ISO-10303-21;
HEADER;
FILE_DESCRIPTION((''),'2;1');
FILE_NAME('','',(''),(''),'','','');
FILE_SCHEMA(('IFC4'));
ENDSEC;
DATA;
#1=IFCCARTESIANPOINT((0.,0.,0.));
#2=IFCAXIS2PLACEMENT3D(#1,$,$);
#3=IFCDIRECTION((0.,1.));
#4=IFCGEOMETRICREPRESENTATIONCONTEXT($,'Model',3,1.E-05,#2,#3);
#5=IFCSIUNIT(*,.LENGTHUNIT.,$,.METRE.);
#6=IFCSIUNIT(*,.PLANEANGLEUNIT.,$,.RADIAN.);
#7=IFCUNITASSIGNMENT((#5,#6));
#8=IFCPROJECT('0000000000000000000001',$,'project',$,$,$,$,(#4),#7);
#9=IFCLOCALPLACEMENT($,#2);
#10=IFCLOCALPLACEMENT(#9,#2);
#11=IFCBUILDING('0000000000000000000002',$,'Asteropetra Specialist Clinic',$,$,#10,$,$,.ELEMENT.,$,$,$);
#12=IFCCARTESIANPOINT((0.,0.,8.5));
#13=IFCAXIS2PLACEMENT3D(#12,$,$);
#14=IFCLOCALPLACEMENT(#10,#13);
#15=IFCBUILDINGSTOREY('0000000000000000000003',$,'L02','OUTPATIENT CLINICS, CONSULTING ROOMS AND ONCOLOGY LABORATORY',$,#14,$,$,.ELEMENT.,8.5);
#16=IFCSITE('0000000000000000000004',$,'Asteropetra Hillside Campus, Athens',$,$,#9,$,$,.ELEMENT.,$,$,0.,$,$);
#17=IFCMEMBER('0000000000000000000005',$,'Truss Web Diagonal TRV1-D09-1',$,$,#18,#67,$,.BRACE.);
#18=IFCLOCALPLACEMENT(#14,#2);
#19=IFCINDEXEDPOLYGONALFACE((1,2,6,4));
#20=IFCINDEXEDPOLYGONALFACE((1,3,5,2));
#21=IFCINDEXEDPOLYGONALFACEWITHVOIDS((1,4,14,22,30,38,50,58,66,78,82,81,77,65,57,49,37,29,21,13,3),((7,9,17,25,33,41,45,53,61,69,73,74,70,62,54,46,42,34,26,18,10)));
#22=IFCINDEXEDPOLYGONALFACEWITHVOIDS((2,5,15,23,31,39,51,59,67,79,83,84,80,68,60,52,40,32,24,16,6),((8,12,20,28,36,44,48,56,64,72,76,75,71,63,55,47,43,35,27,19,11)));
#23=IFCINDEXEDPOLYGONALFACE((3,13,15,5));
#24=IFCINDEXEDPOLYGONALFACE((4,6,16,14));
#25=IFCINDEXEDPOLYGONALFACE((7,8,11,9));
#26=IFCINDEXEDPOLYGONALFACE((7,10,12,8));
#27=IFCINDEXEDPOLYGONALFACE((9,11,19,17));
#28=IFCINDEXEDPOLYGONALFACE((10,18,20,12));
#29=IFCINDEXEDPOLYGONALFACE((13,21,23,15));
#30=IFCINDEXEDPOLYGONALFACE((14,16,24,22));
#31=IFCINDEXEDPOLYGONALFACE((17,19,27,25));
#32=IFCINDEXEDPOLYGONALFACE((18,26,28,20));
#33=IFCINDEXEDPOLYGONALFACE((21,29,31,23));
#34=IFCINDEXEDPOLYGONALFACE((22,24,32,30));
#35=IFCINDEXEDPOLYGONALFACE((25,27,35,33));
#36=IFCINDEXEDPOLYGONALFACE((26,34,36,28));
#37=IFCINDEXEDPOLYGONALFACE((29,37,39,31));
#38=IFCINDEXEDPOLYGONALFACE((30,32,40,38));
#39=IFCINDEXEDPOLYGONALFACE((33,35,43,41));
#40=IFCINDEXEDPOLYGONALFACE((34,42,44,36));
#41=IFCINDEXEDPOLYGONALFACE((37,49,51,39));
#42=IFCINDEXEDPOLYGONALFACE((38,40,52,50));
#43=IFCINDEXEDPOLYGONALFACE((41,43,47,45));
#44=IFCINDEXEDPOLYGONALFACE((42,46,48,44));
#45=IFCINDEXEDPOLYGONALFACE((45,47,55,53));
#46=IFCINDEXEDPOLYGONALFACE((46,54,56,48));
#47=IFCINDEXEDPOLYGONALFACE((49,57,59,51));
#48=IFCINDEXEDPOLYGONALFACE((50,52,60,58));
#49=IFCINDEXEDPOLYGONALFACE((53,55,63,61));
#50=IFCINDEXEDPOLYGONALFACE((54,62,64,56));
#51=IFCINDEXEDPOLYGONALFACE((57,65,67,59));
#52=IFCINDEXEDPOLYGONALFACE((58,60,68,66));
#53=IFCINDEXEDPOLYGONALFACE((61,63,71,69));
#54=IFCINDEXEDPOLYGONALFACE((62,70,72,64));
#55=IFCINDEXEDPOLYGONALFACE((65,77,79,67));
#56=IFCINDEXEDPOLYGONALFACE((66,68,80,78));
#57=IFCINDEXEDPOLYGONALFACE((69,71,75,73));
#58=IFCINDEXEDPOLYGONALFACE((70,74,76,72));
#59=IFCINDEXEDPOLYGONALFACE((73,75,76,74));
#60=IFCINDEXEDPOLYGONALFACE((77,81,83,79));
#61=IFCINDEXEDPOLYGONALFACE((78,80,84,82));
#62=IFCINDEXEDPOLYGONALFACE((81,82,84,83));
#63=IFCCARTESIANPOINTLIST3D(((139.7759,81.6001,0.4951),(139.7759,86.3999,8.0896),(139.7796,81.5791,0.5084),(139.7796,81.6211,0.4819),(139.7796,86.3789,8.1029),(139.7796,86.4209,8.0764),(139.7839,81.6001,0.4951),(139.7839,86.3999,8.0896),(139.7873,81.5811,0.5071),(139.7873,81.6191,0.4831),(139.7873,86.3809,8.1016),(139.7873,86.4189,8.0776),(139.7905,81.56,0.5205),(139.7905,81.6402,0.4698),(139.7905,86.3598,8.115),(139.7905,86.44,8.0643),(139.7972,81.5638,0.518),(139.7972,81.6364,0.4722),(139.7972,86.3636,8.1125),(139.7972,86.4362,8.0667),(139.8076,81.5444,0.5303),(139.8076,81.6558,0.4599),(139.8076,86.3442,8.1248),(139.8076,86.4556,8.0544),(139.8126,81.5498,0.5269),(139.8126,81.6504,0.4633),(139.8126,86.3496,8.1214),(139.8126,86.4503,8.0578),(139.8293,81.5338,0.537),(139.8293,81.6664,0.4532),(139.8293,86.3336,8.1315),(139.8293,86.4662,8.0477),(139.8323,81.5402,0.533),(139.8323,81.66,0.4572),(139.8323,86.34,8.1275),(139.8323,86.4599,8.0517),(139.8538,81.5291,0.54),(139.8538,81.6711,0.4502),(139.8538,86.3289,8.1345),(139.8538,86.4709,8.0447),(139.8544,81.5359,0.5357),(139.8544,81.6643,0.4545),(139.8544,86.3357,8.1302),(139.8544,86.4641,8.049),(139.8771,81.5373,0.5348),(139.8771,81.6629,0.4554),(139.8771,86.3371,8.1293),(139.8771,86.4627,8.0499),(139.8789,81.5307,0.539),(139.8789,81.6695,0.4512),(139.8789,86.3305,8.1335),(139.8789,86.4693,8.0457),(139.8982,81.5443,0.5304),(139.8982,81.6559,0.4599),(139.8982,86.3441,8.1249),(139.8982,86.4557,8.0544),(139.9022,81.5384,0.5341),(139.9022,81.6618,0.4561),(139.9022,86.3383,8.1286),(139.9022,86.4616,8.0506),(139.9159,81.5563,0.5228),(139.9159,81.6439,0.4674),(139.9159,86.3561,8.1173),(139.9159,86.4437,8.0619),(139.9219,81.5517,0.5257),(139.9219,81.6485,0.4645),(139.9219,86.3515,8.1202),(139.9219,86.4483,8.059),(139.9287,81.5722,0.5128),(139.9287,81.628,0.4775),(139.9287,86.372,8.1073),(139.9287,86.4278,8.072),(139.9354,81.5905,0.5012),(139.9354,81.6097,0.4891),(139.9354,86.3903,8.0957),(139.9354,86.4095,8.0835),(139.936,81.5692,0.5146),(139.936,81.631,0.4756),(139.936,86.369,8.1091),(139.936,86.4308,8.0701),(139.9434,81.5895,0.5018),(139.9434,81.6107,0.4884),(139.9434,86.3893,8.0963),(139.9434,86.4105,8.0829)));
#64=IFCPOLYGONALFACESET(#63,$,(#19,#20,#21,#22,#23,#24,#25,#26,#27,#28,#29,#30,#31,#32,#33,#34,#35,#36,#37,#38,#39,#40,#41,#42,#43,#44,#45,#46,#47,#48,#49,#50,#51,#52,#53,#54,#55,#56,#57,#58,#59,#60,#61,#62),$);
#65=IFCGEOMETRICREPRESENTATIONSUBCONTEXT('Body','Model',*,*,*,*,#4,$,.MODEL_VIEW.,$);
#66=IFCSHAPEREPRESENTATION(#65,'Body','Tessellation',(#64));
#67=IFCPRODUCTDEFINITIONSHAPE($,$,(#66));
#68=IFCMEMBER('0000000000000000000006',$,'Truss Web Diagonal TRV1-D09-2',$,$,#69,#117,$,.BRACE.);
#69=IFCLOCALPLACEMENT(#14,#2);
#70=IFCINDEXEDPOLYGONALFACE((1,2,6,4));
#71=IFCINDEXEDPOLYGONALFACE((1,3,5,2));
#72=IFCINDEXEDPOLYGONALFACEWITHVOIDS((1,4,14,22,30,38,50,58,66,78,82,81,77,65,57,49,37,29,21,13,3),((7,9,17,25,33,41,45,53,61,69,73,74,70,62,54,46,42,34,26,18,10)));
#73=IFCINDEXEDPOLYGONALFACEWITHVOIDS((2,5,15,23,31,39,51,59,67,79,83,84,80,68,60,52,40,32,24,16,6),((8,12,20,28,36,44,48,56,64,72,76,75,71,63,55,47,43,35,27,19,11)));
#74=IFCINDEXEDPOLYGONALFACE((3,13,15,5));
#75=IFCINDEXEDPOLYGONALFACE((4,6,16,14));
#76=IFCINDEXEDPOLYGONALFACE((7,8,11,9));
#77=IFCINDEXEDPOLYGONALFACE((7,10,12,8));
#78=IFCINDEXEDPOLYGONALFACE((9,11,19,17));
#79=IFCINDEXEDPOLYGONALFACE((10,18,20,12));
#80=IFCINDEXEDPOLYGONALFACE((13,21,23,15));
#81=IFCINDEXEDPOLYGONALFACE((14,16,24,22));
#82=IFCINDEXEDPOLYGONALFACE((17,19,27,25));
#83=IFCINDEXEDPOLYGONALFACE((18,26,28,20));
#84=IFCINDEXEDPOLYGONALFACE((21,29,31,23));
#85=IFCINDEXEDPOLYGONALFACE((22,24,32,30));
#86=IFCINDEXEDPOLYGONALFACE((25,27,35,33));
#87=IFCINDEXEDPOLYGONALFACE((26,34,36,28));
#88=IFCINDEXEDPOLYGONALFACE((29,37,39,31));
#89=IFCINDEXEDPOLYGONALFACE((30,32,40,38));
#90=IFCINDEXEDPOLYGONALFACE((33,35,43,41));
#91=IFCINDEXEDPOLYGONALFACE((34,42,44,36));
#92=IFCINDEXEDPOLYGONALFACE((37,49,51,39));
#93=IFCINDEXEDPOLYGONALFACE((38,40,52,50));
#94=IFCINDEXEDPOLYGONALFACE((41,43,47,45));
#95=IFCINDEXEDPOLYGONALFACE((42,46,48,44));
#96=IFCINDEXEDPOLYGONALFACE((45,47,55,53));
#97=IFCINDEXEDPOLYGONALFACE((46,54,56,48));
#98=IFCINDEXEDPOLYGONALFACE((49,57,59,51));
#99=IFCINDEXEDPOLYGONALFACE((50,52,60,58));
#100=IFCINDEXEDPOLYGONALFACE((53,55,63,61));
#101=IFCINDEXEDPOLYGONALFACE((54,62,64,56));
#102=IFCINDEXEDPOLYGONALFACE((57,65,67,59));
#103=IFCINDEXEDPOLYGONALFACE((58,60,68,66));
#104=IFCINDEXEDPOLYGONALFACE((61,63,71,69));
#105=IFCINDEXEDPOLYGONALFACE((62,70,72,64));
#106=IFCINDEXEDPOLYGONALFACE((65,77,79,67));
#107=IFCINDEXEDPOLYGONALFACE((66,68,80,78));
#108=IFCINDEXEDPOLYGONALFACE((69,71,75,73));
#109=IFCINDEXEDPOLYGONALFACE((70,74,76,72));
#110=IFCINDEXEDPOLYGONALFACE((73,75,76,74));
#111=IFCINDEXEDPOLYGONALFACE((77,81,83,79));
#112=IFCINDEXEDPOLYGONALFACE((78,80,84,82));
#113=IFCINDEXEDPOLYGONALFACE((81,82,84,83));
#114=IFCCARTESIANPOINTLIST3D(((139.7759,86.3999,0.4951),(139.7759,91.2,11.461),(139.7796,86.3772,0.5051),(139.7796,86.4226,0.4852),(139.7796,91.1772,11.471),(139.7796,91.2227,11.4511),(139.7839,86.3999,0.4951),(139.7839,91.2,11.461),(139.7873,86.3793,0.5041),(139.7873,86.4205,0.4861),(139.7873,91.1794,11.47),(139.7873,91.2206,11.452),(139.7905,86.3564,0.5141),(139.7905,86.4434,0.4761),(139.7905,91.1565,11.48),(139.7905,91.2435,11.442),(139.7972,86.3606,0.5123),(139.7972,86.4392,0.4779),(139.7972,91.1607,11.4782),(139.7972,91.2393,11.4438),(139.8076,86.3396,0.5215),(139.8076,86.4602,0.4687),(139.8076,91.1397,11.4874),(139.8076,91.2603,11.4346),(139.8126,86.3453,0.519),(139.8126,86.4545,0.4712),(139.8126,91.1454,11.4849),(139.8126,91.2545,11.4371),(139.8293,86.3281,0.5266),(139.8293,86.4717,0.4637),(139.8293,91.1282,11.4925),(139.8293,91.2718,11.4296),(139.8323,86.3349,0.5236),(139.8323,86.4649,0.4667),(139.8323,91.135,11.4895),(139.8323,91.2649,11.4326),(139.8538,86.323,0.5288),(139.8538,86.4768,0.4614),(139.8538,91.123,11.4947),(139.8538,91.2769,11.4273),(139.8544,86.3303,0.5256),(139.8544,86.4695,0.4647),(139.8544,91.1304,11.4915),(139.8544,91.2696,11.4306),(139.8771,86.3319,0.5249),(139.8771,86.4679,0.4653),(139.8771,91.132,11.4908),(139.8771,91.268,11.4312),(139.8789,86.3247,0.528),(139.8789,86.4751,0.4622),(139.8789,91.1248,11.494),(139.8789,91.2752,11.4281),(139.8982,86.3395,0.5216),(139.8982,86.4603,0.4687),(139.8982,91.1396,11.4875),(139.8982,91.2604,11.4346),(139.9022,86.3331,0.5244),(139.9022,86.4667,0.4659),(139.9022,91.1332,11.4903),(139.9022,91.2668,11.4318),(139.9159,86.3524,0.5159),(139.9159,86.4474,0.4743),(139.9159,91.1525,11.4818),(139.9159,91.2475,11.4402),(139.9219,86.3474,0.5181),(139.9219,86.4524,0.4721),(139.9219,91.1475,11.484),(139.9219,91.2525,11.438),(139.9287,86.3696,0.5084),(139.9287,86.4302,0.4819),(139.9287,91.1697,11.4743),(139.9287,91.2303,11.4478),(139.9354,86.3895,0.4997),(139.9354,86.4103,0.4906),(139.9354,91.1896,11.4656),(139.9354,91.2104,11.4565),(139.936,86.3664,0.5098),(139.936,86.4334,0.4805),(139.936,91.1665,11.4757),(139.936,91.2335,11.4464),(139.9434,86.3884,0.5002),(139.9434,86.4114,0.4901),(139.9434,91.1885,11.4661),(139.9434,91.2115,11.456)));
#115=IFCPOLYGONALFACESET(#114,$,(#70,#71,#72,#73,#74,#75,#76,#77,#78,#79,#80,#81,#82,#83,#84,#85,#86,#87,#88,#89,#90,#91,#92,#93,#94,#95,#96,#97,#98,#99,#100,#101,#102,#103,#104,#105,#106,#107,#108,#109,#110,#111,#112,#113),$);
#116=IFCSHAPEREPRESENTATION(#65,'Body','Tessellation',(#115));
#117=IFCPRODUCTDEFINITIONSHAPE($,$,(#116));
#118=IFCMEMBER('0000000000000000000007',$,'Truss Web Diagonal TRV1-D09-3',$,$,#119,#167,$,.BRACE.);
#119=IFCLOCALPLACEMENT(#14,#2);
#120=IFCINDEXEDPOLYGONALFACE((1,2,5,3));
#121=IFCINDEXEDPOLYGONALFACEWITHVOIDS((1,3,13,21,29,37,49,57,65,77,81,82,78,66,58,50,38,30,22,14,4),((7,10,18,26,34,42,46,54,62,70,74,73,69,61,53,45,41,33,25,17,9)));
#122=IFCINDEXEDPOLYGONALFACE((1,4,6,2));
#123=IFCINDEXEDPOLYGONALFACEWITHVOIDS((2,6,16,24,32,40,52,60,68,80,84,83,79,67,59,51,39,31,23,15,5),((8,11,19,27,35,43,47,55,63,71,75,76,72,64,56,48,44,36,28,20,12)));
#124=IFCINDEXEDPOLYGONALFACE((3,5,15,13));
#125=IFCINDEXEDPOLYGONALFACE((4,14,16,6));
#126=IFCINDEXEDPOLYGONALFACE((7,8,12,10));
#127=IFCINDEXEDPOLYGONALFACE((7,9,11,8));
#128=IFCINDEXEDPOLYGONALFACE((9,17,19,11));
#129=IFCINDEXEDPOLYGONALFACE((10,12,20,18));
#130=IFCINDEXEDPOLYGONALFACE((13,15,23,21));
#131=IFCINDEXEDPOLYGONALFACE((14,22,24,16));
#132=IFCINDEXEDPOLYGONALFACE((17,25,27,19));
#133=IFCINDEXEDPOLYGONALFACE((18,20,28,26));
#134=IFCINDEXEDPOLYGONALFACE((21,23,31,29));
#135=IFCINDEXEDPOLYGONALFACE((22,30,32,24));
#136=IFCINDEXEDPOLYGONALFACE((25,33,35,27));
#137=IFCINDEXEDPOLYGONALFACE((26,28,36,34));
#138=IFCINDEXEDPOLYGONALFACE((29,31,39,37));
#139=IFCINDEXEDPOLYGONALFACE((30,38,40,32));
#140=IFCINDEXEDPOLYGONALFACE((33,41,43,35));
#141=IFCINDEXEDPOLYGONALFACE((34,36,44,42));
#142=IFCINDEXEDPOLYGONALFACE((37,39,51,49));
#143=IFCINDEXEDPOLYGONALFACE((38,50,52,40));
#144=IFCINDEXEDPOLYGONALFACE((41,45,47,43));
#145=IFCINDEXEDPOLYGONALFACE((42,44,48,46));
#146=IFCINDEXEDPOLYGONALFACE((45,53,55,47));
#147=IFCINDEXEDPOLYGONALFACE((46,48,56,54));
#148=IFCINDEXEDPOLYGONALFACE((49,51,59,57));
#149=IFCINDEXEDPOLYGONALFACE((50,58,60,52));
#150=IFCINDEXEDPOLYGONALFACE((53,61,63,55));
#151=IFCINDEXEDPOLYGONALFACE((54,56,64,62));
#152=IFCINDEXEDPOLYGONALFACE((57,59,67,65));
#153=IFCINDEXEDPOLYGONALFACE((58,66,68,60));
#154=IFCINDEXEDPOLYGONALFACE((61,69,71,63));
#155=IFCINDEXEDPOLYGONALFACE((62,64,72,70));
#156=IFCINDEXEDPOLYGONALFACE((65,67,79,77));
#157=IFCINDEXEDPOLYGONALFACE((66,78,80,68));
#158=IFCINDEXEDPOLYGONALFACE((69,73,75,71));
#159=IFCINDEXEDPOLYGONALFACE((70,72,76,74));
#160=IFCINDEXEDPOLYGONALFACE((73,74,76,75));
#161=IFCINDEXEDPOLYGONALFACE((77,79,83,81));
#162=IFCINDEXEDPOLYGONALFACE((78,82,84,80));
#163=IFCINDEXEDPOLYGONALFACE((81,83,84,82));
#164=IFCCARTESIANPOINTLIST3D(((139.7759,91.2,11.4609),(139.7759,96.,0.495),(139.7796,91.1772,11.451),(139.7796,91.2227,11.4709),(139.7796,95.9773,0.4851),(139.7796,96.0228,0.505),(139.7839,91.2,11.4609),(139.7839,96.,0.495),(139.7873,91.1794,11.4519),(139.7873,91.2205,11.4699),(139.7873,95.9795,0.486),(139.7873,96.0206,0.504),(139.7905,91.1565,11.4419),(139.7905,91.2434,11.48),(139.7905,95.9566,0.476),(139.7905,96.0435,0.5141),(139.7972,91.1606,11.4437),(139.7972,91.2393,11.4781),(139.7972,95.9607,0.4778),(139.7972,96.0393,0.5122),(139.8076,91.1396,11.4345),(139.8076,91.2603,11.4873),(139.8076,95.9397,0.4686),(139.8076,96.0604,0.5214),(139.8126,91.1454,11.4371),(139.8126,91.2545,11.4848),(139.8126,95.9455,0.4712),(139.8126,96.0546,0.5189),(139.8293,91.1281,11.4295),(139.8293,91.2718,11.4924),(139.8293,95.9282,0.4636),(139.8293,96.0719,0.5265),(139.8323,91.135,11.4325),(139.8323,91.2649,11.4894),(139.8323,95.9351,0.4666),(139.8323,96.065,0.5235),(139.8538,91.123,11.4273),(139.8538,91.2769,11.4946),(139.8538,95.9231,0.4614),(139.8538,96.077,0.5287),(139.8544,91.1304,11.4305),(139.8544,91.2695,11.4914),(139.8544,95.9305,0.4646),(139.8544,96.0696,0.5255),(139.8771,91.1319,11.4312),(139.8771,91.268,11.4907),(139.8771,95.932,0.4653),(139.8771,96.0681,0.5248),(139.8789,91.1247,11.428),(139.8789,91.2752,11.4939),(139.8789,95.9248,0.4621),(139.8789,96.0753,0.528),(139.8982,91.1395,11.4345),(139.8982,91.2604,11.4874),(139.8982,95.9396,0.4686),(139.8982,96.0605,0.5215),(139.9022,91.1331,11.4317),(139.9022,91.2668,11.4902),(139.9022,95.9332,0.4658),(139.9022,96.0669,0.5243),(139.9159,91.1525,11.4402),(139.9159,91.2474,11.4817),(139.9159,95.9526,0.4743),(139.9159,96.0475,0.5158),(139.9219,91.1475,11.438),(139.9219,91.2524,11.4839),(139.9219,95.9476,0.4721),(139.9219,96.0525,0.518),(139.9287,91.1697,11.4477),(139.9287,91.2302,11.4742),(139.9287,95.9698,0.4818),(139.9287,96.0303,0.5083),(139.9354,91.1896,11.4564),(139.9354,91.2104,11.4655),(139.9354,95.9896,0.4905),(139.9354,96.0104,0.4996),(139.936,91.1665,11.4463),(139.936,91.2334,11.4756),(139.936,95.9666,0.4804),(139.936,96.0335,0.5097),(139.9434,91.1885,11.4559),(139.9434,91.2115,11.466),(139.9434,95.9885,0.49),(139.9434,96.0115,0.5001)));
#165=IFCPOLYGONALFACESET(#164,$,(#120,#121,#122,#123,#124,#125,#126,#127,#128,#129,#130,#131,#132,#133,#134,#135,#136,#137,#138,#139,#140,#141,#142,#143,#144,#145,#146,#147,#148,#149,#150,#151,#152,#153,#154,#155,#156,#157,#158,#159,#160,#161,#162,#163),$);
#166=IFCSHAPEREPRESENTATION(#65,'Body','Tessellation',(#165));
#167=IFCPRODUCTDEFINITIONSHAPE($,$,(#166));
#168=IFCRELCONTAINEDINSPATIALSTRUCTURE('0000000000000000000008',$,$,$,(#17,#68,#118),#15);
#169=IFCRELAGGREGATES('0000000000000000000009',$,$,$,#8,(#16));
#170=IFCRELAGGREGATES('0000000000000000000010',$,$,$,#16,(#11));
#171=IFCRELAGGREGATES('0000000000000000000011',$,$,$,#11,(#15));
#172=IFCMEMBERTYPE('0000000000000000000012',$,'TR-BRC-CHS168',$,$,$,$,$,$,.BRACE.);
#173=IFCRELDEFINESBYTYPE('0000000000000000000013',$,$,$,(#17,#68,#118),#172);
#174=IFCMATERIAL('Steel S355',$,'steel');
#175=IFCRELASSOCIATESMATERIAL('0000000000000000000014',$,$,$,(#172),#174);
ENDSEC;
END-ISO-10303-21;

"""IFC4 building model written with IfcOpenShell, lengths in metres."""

from ifc_helpers import new_model, si_unit, direction, frame, origin, origin_2d, place, context, subcontext, project, spatial, hollow_circle, extrude, material, material_profile, profile_set, type_object, element, save


model = new_model("IFC4")

# Units and contexts
model_context = context("Model", 3, precision=1e-05, world=origin(), true_north=direction((0.0, 1.0)))
body_context = subcontext(model_context, "Body", "Model", "MODEL_VIEW")
ifc_project = project(units=[si_unit("LENGTHUNIT", "METRE"), si_unit("PLANEANGLEUNIT", "RADIAN")], contexts=[model_context])

# Site, building, storey
site_placement = place(None, origin())
site = spatial("IfcSite", under=ifc_project, at=site_placement, Name="Asteropetra Hillside Campus, Athens", CompositionType="ELEMENT", RefElevation=0.0)
building_placement = place(site_placement, origin())
building = spatial("IfcBuilding", under=site, at=building_placement, Name="Asteropetra Specialist Clinic", CompositionType="ELEMENT")
storey_placement = place(building_placement, frame((0.0, 0.0, 8.5)))
storey = spatial("IfcBuildingStorey", under=building, at=storey_placement, Name="L02", Description="OUTPATIENT CLINICS, CONSULTING ROOMS AND ONCOLOGY LABORATORY", CompositionType="ELEMENT", Elevation=8.5)

# Members
ifc_material_1 = material(Name="Steel S355", Category="steel")
ifc_material_profile_1 = material_profile(ifc_material_1, hollow_circle(Radius=0.0842, WallThickness=0.0081, at=origin_2d()), Name="CHS 168.3x8.0")
ifc_profile_set_1 = profile_set([ifc_material_profile_1], Name="Steel S355")
member_type_1 = type_object("IfcMemberType", Name="TR-BRC-CHS168", PredefinedType="BRACE", material=ifc_profile_set_1)
member_1_placement = place(storey_placement, frame((139.8601, 81.6001, 0.4951), z_axis=(0.0, 0.534255, 0.845324), x_axis=(-1.0, 0.0, 0.0)))
element("IfcMember", 1, at=member_1_placement, inside=storey, type_object=member_type_1, Name="Truss Web Diagonal TRV1-D09-1", PredefinedType="BRACE", context=body_context, shape_type="SweptSolid", body=[
    extrude(hollow_circle(Radius=0.0842, WallThickness=0.0081, at=origin_2d()), origin(), (0.0, 0.0, 1.0), 8.9841),
])
for number, where, z_axis, x_axis, name in (
    (2, (139.8601, 86.3999, 0.4951), (0.0, 0.400994, 0.916081), (-1.0, 0.0, 0.0), "Truss Web Diagonal TRV1-D09-2"),
    (3, (139.8601, 91.2, 11.4609), (0.0, 0.400994, -0.916081), (-1.0, 0.0, 0.0), "Truss Web Diagonal TRV1-D09-3"),
):
    element("IfcMember", number, at=place(storey_placement, frame(where, z_axis=z_axis, x_axis=x_axis)), inside=storey, type_object=member_type_1, Name=name, PredefinedType="BRACE", context=body_context, shape_type="SweptSolid", body=[
        extrude(hollow_circle(Radius=0.0842, WallThickness=0.0081, at=origin_2d()), origin(), (0.0, 0.0, 1.0), 11.9705),
    ])

save(model, "model.ifc")
